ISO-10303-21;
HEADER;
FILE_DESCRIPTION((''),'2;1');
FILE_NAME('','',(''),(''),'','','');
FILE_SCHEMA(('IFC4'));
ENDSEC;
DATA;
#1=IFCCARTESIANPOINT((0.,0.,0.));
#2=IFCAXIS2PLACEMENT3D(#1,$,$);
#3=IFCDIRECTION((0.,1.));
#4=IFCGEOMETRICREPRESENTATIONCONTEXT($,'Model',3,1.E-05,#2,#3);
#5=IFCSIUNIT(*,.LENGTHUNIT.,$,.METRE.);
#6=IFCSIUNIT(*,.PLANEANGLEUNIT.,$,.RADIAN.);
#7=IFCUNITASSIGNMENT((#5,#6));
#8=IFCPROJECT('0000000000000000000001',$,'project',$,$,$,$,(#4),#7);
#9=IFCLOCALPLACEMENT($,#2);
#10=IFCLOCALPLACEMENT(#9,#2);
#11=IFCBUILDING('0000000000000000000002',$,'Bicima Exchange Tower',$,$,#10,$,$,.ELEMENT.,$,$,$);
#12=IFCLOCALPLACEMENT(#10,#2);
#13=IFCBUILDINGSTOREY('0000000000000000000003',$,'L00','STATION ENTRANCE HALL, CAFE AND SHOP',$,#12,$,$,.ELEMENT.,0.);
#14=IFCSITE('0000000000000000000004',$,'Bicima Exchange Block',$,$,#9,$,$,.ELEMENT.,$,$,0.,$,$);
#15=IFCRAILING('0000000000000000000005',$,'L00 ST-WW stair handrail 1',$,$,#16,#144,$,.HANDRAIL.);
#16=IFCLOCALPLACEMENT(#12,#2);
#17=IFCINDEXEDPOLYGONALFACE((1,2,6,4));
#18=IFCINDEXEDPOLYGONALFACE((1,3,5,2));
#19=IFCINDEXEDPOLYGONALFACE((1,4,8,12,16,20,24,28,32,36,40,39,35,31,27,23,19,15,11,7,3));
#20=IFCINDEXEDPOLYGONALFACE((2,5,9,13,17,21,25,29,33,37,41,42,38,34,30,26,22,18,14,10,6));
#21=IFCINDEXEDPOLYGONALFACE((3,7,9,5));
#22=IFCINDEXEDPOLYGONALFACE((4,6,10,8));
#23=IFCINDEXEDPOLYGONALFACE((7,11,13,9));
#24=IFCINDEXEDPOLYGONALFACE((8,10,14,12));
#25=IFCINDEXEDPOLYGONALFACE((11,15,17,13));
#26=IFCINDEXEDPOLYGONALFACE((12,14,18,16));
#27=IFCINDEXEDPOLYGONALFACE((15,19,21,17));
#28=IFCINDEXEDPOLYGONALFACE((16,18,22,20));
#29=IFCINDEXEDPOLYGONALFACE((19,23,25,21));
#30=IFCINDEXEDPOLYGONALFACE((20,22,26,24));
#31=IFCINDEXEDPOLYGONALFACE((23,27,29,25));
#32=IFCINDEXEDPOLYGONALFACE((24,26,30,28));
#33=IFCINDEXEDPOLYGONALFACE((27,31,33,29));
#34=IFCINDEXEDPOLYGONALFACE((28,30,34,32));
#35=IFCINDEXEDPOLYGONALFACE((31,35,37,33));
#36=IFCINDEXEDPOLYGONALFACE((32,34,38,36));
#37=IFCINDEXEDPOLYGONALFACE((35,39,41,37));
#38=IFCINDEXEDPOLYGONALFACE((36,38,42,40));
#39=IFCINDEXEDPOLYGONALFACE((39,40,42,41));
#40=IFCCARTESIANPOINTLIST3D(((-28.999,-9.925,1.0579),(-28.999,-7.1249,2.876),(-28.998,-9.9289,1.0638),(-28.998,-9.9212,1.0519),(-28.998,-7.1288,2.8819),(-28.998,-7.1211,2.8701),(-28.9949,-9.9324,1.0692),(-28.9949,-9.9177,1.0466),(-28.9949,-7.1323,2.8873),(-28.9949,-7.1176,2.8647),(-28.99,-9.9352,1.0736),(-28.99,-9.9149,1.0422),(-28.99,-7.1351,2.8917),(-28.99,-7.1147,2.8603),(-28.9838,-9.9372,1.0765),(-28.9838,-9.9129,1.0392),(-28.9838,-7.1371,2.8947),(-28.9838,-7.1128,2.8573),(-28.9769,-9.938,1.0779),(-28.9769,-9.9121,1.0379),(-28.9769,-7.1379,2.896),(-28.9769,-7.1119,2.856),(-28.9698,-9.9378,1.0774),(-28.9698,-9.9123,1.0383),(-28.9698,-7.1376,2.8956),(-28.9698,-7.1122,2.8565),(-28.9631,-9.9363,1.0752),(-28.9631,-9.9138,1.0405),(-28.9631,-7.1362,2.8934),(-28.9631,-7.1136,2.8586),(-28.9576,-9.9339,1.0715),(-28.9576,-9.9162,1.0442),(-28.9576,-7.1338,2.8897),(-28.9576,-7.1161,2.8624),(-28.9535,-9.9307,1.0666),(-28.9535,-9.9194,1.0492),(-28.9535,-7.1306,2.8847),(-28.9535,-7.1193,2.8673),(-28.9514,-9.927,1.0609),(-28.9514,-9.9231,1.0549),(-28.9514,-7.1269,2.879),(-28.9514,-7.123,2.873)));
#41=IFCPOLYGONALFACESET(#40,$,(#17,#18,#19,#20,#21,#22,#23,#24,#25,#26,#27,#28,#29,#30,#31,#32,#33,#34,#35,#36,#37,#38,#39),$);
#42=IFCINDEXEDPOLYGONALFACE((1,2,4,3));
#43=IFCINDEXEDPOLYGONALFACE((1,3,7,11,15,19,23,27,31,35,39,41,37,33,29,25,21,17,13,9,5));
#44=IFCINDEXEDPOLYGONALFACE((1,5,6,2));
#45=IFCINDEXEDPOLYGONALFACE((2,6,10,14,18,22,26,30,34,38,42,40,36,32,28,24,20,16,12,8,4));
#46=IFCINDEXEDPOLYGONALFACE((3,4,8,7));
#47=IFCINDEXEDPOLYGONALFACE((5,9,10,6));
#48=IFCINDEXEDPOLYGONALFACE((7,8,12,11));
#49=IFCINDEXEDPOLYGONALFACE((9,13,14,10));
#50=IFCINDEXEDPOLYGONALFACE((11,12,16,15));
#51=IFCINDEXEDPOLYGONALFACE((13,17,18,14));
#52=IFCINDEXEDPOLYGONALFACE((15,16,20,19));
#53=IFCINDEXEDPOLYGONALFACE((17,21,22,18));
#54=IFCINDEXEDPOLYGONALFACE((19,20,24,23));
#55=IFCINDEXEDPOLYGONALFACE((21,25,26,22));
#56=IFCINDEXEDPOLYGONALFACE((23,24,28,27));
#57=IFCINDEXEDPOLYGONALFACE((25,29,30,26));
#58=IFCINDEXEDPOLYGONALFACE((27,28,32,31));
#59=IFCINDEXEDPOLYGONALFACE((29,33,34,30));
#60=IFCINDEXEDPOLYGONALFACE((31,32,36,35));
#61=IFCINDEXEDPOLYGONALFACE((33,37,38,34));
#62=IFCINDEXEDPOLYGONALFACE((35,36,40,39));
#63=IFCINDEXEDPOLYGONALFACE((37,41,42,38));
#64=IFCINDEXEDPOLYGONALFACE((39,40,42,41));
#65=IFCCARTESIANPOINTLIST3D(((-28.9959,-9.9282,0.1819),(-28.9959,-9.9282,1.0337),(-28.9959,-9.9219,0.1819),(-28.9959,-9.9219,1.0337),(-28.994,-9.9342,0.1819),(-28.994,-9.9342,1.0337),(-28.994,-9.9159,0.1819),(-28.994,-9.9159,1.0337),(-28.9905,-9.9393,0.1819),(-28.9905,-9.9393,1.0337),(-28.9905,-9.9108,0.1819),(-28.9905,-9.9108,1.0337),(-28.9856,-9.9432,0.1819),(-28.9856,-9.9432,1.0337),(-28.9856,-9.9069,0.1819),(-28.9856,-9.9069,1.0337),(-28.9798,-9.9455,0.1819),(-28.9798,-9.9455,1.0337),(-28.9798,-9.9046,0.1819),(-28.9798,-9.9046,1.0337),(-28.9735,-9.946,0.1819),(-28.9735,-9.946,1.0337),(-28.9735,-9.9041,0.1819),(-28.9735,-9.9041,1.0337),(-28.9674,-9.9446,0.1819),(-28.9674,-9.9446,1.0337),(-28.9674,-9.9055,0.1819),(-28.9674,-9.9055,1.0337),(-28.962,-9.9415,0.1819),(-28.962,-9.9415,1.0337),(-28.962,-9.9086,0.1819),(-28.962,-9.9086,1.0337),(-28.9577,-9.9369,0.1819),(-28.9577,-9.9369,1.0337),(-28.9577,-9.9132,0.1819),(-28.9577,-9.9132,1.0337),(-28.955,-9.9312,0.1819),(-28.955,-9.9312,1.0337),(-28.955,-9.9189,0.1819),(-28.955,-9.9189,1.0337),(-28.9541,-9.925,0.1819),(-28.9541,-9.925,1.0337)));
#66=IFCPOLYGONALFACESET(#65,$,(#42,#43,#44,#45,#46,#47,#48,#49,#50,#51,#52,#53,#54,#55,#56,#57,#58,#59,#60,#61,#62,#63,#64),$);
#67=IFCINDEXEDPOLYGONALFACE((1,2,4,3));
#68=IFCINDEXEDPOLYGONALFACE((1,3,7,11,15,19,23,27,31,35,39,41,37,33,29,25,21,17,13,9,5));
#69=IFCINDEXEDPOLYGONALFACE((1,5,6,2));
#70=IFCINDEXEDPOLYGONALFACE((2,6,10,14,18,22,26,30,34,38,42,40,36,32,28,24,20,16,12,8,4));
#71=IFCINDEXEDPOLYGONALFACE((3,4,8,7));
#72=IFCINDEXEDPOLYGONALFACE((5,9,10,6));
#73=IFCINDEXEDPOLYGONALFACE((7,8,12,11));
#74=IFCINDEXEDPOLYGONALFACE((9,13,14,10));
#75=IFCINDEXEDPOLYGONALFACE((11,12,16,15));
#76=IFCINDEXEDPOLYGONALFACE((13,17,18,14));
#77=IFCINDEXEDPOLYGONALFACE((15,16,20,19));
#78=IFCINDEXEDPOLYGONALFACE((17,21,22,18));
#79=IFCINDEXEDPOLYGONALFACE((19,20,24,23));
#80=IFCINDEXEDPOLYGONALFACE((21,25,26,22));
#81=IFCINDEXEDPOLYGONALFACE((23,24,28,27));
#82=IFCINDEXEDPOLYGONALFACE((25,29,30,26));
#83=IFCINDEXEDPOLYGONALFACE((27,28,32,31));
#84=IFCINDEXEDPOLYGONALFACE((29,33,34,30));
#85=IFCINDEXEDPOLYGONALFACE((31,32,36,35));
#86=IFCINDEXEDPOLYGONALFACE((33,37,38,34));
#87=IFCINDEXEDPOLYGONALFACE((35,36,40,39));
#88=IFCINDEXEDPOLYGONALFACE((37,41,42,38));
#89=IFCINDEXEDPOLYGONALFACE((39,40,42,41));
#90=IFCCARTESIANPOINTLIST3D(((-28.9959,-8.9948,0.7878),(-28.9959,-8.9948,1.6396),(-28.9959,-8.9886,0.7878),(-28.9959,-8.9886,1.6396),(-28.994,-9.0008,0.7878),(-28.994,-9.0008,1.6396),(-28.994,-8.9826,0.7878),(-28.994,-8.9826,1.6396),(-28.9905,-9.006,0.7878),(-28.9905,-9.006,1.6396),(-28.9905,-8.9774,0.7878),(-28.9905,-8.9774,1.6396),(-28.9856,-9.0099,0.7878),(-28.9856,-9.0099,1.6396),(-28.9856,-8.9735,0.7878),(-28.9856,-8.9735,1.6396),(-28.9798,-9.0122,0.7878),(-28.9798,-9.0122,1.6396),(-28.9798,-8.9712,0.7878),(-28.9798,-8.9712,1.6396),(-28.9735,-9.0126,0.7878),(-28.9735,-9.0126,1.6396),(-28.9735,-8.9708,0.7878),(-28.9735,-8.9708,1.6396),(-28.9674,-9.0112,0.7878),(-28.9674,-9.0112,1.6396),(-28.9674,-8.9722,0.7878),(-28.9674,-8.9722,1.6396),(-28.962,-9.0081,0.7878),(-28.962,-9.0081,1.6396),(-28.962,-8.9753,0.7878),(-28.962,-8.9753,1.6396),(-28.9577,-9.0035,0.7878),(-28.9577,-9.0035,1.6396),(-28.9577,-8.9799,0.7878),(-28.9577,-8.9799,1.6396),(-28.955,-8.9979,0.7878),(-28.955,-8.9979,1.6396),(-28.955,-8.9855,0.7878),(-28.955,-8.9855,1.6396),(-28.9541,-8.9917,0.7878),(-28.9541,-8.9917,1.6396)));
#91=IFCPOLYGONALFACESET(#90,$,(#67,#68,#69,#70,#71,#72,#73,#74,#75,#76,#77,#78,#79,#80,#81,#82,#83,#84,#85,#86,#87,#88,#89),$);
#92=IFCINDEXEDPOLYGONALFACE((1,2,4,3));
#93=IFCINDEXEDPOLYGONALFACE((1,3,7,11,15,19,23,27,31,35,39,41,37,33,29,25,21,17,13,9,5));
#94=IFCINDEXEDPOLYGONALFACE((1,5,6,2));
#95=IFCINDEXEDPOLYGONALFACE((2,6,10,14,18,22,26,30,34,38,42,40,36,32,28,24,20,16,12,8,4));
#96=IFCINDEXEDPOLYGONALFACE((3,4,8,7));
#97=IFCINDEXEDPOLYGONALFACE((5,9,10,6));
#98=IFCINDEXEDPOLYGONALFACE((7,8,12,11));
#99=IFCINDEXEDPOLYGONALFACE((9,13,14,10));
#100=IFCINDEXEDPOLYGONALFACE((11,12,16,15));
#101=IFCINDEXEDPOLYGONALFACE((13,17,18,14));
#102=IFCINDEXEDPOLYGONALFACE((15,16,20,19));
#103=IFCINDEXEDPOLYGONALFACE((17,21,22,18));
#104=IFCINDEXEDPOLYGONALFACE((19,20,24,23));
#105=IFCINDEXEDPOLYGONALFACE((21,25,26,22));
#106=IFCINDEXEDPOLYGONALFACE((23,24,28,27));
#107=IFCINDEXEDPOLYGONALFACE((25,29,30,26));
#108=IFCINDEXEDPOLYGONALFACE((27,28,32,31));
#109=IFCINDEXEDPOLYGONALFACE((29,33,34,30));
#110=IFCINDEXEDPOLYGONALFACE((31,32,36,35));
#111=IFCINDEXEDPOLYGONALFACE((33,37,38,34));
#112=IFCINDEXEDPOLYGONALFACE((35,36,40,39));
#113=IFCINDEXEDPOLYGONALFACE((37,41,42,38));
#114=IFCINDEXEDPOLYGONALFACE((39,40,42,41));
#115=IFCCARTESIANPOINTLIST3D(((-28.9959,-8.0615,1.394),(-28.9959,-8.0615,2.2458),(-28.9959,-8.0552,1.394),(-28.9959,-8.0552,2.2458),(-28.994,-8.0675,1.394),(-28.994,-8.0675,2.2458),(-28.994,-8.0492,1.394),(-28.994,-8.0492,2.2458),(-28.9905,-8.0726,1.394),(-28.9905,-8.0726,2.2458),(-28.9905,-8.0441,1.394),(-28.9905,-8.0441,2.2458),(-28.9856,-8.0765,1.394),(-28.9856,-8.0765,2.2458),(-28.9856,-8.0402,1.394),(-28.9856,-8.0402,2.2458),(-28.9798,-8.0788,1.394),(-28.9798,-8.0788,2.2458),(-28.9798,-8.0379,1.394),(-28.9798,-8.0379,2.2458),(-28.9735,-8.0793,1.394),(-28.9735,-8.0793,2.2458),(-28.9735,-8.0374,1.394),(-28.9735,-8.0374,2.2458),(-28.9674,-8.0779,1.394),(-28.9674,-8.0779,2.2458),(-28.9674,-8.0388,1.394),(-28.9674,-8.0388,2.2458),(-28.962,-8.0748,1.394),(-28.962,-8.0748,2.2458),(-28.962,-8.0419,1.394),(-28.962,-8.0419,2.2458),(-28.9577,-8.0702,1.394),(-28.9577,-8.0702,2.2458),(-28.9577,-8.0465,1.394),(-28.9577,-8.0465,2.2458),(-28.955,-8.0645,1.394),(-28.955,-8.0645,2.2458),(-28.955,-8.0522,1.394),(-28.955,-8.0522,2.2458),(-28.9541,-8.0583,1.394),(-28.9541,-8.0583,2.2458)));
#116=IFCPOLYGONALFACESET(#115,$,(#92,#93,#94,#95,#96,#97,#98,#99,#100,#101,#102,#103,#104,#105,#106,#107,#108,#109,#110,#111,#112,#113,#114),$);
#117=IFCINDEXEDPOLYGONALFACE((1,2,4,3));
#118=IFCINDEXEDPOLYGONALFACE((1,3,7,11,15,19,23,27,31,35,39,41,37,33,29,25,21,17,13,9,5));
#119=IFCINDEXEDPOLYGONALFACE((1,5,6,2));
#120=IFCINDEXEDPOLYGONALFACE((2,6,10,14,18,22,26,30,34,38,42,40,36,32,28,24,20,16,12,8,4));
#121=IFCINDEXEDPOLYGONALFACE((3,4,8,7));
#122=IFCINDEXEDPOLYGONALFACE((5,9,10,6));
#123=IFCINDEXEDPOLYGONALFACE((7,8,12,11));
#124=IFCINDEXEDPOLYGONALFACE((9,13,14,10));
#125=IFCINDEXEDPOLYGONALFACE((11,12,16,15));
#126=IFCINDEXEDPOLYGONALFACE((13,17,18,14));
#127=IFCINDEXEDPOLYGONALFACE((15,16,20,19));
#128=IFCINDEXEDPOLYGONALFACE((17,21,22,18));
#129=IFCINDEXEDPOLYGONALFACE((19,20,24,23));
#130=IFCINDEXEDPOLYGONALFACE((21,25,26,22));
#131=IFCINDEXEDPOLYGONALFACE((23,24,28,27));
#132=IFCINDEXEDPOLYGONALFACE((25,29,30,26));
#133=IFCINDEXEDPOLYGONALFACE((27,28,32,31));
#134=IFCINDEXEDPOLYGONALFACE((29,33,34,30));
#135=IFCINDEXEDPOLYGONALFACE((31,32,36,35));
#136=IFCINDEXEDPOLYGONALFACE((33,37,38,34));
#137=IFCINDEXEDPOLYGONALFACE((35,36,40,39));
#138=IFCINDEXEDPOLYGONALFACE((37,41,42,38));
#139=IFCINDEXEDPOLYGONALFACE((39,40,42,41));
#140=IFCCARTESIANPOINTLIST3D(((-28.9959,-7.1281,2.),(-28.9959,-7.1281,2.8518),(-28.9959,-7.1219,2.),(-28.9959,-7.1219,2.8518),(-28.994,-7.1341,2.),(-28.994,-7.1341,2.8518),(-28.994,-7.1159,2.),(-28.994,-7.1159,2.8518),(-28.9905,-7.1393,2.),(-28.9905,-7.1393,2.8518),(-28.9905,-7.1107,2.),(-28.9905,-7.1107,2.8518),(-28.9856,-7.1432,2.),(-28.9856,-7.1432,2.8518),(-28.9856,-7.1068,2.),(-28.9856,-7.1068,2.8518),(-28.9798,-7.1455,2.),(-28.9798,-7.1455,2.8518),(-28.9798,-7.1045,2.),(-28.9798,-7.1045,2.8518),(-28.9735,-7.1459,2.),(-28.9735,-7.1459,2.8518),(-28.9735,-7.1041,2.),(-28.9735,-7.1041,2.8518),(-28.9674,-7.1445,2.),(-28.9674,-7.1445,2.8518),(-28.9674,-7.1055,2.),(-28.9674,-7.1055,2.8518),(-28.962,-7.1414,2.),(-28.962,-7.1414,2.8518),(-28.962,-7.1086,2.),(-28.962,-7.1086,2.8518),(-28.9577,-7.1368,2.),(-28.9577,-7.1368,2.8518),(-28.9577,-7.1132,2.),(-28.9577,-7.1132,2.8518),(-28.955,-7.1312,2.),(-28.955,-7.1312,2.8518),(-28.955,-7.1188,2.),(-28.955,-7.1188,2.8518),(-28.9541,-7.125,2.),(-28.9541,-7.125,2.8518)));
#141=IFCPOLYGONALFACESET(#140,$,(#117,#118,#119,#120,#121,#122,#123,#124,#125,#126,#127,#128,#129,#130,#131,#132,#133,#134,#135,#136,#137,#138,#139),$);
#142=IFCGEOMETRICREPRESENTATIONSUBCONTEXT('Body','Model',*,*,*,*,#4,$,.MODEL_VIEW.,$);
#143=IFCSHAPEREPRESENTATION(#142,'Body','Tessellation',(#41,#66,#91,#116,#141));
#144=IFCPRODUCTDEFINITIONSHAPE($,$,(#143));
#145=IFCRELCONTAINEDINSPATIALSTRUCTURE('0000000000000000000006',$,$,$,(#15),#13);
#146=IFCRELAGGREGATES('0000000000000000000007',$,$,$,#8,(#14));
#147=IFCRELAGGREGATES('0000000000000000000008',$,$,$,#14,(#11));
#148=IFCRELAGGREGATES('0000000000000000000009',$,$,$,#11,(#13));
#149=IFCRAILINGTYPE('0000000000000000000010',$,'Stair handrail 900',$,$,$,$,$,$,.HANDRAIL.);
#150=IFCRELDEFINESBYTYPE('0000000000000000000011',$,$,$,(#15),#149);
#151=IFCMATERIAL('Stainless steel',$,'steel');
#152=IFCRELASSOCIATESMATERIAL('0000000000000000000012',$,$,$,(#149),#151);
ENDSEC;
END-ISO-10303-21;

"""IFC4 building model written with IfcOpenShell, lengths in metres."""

from ifc_helpers import new_model, si_unit, direction, frame, origin, origin_2d, place, context, subcontext, project, spatial, circle, extrude, material, type_object, element, save


model = new_model("IFC4")

# Units and contexts
model_context = context("Model", 3, precision=1e-05, world=origin(), true_north=direction((0.0, 1.0)))
body_context = subcontext(model_context, "Body", "Model", "MODEL_VIEW")
ifc_project = project(units=[si_unit("LENGTHUNIT", "METRE"), si_unit("PLANEANGLEUNIT", "RADIAN")], contexts=[model_context])

# Site, building, storey
site_placement = place(None, origin())
site = spatial("IfcSite", under=ifc_project, at=site_placement, Name="Bicima Exchange Block", CompositionType="ELEMENT", RefElevation=0.0)
building_placement = place(site_placement, origin())
building = spatial("IfcBuilding", under=site, at=building_placement, Name="Bicima Exchange Tower", CompositionType="ELEMENT")
storey_placement = place(building_placement, origin())
storey = spatial("IfcBuildingStorey", under=building, at=storey_placement, Name="L00", Description="STATION ENTRANCE HALL, CAFE AND SHOP", CompositionType="ELEMENT", Elevation=0.0)

# Railing
ifc_material_1 = material(Name="Stainless steel", Category="steel")
railing_type_1 = type_object("IfcRailingType", Name="Stair handrail 900", PredefinedType="HANDRAIL", material=ifc_material_1)
railing_1_placement = place(storey_placement, frame((-28.9751, -9.925, 0.1819)))
element("IfcRailing", 1, at=railing_1_placement, inside=storey, type_object=railing_type_1, Name="L00 ST-WW stair handrail 1", PredefinedType="HANDRAIL", context=body_context, shape_type="SweptSolid", body=[
    extrude(circle(Radius=0.0239, at=origin_2d()), frame((0.0, 0.0, 0.876), z_axis=(0.0, 0.838706, 0.544585), x_axis=(-1.0, 0.0, 0.0)), (0.0, 0.0, 1.0), 3.3386),
    extrude(circle(Radius=0.021, at=origin_2d()), origin(), (0.0, 0.0, 1.0), 0.8518),
    extrude(circle(Radius=0.021, at=origin_2d()), frame((0.0, 0.9333, 0.606)), (0.0, 0.0, 1.0), 0.8518),
    extrude(circle(Radius=0.021, at=origin_2d()), frame((0.0, 1.8667, 1.2122)), (0.0, 0.0, 1.0), 0.8518),
    extrude(circle(Radius=0.021, at=origin_2d()), frame((0.0, 2.8, 1.8181)), (0.0, 0.0, 1.0), 0.8518),
])

save(model, "model.ifc")
